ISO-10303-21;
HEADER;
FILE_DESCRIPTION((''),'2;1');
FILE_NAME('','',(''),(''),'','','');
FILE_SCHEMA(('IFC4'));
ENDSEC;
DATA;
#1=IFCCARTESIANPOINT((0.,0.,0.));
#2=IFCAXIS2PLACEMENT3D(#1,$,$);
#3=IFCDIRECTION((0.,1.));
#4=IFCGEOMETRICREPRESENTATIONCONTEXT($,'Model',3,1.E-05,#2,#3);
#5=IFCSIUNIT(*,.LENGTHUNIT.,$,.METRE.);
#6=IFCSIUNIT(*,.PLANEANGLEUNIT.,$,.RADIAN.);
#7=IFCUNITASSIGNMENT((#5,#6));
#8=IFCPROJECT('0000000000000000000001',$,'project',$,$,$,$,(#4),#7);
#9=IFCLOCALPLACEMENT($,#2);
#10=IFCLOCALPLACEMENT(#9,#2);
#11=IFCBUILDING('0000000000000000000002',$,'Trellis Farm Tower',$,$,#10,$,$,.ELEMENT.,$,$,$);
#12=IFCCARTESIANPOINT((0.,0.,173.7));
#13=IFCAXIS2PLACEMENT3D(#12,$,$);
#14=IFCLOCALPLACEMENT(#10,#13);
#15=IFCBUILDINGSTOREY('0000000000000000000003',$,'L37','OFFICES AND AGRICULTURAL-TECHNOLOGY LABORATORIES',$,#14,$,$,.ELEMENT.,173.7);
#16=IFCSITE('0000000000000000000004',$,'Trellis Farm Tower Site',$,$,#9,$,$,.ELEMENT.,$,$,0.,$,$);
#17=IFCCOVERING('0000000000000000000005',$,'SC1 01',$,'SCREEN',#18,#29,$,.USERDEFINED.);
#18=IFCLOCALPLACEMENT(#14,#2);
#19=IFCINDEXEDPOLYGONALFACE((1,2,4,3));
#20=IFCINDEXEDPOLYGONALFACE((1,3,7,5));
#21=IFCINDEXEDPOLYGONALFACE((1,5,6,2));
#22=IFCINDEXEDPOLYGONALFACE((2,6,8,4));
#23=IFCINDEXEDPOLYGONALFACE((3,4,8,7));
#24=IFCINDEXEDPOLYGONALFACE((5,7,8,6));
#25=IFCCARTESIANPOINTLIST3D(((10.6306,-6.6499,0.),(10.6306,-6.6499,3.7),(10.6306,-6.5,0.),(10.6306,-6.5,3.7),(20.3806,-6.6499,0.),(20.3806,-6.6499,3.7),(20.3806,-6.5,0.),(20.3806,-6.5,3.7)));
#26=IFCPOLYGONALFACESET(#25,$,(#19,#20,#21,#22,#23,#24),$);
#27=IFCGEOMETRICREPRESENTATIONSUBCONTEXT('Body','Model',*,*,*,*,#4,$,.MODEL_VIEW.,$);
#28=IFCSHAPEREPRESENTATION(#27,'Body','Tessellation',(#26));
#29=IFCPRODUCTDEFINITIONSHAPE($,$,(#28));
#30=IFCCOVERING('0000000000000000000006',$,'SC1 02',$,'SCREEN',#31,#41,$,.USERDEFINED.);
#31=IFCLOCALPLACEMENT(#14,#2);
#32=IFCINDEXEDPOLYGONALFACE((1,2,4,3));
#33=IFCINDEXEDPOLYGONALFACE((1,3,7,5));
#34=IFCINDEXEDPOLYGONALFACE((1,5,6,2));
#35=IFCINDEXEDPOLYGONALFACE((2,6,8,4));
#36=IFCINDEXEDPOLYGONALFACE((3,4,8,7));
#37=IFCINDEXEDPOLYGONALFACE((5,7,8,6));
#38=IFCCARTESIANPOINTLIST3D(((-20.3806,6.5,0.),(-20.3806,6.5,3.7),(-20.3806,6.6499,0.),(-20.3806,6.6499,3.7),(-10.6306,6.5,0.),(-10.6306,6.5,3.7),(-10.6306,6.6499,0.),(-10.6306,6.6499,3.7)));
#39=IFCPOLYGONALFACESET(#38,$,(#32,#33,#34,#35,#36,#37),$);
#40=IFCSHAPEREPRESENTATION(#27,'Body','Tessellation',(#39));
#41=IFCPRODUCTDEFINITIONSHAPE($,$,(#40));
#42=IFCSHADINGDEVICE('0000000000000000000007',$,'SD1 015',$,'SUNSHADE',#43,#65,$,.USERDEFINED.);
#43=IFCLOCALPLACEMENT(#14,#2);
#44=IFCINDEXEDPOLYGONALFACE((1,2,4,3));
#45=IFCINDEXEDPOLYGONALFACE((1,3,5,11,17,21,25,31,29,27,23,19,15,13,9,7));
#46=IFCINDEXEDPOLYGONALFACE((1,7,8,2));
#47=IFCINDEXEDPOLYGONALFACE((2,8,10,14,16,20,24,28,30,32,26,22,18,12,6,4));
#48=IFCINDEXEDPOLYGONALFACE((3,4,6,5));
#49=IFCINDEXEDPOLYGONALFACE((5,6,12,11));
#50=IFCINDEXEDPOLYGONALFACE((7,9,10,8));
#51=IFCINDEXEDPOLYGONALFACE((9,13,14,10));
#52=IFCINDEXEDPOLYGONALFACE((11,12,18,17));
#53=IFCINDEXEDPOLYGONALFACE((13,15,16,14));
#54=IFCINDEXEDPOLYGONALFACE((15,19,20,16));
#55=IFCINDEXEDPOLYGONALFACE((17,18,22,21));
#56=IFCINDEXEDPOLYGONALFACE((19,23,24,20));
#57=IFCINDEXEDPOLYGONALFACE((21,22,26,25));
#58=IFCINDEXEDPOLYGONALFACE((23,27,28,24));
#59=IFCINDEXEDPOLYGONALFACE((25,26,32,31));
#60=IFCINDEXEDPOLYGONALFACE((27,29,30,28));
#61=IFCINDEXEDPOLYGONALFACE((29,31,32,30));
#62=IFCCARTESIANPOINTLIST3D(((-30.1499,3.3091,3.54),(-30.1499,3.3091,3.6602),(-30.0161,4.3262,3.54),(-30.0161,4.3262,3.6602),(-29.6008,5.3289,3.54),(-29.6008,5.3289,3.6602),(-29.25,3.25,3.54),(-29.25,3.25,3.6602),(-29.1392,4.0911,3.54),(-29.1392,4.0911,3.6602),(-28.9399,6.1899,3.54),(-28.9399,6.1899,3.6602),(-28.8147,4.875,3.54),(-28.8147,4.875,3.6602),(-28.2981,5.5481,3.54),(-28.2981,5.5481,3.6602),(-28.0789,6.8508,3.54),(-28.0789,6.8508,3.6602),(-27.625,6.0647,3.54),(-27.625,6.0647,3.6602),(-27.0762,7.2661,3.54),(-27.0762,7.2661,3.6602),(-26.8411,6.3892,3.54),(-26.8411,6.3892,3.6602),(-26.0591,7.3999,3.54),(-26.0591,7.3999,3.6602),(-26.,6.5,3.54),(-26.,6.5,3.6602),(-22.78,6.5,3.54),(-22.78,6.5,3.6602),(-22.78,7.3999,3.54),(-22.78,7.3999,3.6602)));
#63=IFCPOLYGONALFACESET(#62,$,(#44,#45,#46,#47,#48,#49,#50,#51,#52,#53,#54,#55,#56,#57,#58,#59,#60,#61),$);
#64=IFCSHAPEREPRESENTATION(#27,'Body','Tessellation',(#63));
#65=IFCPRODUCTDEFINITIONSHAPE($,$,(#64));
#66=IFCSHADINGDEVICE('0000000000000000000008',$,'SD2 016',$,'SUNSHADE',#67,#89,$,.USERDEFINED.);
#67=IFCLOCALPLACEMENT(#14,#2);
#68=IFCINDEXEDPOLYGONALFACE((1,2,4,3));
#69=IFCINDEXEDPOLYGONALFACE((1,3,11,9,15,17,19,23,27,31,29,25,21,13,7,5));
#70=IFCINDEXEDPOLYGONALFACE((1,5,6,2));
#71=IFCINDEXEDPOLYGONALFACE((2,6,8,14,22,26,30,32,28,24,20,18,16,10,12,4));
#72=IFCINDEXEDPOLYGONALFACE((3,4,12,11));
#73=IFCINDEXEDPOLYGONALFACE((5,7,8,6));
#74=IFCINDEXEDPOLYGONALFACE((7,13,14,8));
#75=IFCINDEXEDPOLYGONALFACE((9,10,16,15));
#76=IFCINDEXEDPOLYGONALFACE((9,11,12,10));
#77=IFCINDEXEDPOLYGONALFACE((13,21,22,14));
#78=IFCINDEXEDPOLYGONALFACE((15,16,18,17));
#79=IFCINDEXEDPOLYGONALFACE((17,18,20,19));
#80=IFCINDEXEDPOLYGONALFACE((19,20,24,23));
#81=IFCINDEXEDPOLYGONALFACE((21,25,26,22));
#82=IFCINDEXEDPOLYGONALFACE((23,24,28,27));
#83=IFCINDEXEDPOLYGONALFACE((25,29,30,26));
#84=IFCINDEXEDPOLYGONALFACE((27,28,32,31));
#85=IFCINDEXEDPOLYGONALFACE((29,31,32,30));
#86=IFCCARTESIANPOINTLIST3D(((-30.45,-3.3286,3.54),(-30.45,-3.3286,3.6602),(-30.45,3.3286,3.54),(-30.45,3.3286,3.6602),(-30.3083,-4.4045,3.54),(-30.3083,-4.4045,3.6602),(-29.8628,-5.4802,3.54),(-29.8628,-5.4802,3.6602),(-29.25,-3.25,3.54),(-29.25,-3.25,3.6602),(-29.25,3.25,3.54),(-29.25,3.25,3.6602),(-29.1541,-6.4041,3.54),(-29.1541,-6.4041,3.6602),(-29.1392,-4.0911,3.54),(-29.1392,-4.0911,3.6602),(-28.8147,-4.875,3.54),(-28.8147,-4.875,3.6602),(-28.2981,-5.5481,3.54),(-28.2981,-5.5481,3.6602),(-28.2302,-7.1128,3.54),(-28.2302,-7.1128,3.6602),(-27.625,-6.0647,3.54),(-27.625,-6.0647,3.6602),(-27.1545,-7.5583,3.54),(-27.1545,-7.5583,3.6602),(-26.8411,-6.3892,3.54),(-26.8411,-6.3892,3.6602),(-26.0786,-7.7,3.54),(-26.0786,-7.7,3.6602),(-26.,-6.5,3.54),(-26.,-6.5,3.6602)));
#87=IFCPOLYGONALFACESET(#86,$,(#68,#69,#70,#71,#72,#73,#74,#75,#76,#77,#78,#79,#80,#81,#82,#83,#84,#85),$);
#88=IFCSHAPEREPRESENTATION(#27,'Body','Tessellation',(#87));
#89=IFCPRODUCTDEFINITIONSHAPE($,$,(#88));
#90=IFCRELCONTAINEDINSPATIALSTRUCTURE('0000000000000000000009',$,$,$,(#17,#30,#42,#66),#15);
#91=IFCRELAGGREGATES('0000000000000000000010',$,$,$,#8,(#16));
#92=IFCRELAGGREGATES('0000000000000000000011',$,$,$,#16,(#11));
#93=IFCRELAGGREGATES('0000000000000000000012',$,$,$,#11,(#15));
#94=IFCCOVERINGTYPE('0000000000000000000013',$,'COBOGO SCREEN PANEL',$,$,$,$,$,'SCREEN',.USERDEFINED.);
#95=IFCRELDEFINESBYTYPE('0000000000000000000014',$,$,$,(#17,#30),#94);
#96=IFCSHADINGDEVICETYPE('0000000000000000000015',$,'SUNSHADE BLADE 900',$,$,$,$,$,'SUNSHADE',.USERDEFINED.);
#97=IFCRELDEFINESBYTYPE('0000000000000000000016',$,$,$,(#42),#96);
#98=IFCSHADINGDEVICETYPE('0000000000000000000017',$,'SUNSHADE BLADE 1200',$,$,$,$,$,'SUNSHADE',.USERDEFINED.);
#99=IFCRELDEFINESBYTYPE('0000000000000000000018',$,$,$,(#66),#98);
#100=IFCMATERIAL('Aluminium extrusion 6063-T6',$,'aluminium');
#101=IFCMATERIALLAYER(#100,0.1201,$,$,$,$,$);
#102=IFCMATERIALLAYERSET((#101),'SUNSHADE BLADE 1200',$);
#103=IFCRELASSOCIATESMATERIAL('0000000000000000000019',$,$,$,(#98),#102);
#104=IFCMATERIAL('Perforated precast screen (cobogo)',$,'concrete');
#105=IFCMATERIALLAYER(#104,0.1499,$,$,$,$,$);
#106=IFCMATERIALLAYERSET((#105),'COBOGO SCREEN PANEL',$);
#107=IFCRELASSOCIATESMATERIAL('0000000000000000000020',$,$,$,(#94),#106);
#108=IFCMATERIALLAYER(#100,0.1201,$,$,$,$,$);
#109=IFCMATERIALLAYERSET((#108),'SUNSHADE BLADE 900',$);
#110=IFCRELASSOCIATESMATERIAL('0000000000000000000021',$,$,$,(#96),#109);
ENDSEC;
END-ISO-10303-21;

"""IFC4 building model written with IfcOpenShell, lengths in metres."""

from ifc_helpers import new_model, si_unit, direction, frame, origin, place, context, subcontext, project, spatial, polyline, outline, extrude, source, transform, mapped, material, layer, layer_set, type_object, element, save


model = new_model("IFC4")

# Units and contexts
model_context = context("Model", 3, precision=1e-05, world=origin(), true_north=direction((0.0, 1.0)))
body_context = subcontext(model_context, "Body", "Model", "MODEL_VIEW")
ifc_project = project(units=[si_unit("LENGTHUNIT", "METRE"), si_unit("PLANEANGLEUNIT", "RADIAN")], contexts=[model_context])

# Site, building, storey
site_placement = place(None, origin())
site = spatial("IfcSite", under=ifc_project, at=site_placement, Name="Trellis Farm Tower Site", CompositionType="ELEMENT", RefElevation=0.0)
building_placement = place(site_placement, origin())
building = spatial("IfcBuilding", under=site, at=building_placement, Name="Trellis Farm Tower", CompositionType="ELEMENT")
storey_placement = place(building_placement, frame((0.0, 0.0, 173.7)))
storey = spatial("IfcBuildingStorey", under=building, at=storey_placement, Name="L37", Description="OFFICES AND AGRICULTURAL-TECHNOLOGY LABORATORIES", CompositionType="ELEMENT", Elevation=173.7)

# Shared definitions
placement_1 = place(storey_placement, origin())
ifc_material_1 = material(Name="Aluminium extrusion 6063-T6", Category="aluminium")

# Shared definitions
ifc_layer_1 = layer(ifc_material_1, 0.1201)
ifc_layer_set_1 = layer_set([ifc_layer_1], Name="SUNSHADE BLADE 1200")
shading_device_type_1 = type_object("IfcShadingDeviceType", Name="SUNSHADE BLADE 1200", ElementType="SUNSHADE", PredefinedType="USERDEFINED", material=ifc_layer_set_1)
placement_2 = place(storey_placement, frame((0.0, 0.0, 3.54)))

# Coverings
ifc_material_2 = material(Name="Perforated precast screen (cobogo)", Category="concrete")
ifc_layer_2 = layer(ifc_material_2, 0.1499)
ifc_layer_set_2 = layer_set([ifc_layer_2], Name="COBOGO SCREEN PANEL")
covering_type = type_object("IfcCoveringType", Name="COBOGO SCREEN PANEL", ElementType="SCREEN", PredefinedType="USERDEFINED", material=ifc_layer_set_2)
shared_shape_1 = source(origin(), body_context, "Body", "SweptSolid", [
    extrude(outline(polyline([(10.6306, -6.6499), (20.3806, -6.6499), (20.3806, -6.5), (10.6306, -6.5), (10.6306, -6.6499)])), origin(), (0.0, 0.0, 1.0), 3.7),
])
element("IfcCovering", 1, at=placement_1, inside=storey, type_object=covering_type, Name="SC1 01", ObjectType="SCREEN", PredefinedType="USERDEFINED", context=body_context, shape_type="MappedRepresentation", body=[
    mapped(shared_shape_1, transform((0.0, 0.0, 0.0))),
])
shared_shape_2 = source(origin(), body_context, "Body", "SweptSolid", [
    extrude(outline(polyline([(-10.6306, 6.6499), (-20.3806, 6.6499), (-20.3806, 6.5), (-10.6306, 6.5), (-10.6306, 6.6499)])), origin(), (0.0, 0.0, 1.0), 3.7),
])
element("IfcCovering", 2, at=placement_1, inside=storey, type_object=covering_type, Name="SC1 02", ObjectType="SCREEN", PredefinedType="USERDEFINED", context=body_context, shape_type="MappedRepresentation", body=[
    mapped(shared_shape_2, transform((0.0, 0.0, 0.0))),
])

# Shading devices
ifc_layer_3 = layer(ifc_material_1, 0.1201)
ifc_layer_set_3 = layer_set([ifc_layer_3], Name="SUNSHADE BLADE 900")
shading_device_type_2 = type_object("IfcShadingDeviceType", Name="SUNSHADE BLADE 900", ElementType="SUNSHADE", PredefinedType="USERDEFINED", material=ifc_layer_set_3)
shared_shape_3 = source(origin(), body_context, "Body", "SweptSolid", [
    extrude(outline(polyline([(-22.78, 7.3999), (-26.0591, 7.3999), (-27.0762, 7.2661), (-28.0789, 6.8508), (-28.9399, 6.1899), (-29.6008, 5.3289), (-30.0161, 4.3262), (-30.1499, 3.3091), (-29.25, 3.25), (-29.1392, 4.0911), (-28.8147, 4.875), (-28.2981, 5.5481), (-27.625, 6.0647), (-26.8411, 6.3892), (-26.0, 6.5), (-22.78, 6.5), (-22.78, 7.3999)])), origin(), (0.0, 0.0, 1.0), 0.1201),
])
element("IfcShadingDevice", 3, at=placement_2, inside=storey, type_object=shading_device_type_2, Name="SD1 015", ObjectType="SUNSHADE", PredefinedType="USERDEFINED", context=body_context, shape_type="MappedRepresentation", body=[
    mapped(shared_shape_3, transform((0.0, 0.0, 0.0))),
])
shared_shape_4 = source(origin(), body_context, "Body", "SweptSolid", [
    extrude(outline(polyline([(-30.45, 3.3286), (-30.45, -3.3286), (-30.3083, -4.4045), (-29.8628, -5.4802), (-29.1541, -6.4041), (-28.2302, -7.1128), (-27.1545, -7.5583), (-26.0786, -7.7), (-26.0, -6.5), (-26.8411, -6.3892), (-27.625, -6.0647), (-28.2981, -5.5481), (-28.8147, -4.875), (-29.1392, -4.0911), (-29.25, -3.25), (-29.25, 3.25), (-30.45, 3.3286)])), origin(), (0.0, 0.0, 1.0), 0.1201),
])
element("IfcShadingDevice", 4, at=placement_2, inside=storey, type_object=shading_device_type_1, Name="SD2 016", ObjectType="SUNSHADE", PredefinedType="USERDEFINED", context=body_context, shape_type="MappedRepresentation", body=[
    mapped(shared_shape_4, transform((0.0, 0.0, 0.0))),
])

save(model, "model.ifc")
